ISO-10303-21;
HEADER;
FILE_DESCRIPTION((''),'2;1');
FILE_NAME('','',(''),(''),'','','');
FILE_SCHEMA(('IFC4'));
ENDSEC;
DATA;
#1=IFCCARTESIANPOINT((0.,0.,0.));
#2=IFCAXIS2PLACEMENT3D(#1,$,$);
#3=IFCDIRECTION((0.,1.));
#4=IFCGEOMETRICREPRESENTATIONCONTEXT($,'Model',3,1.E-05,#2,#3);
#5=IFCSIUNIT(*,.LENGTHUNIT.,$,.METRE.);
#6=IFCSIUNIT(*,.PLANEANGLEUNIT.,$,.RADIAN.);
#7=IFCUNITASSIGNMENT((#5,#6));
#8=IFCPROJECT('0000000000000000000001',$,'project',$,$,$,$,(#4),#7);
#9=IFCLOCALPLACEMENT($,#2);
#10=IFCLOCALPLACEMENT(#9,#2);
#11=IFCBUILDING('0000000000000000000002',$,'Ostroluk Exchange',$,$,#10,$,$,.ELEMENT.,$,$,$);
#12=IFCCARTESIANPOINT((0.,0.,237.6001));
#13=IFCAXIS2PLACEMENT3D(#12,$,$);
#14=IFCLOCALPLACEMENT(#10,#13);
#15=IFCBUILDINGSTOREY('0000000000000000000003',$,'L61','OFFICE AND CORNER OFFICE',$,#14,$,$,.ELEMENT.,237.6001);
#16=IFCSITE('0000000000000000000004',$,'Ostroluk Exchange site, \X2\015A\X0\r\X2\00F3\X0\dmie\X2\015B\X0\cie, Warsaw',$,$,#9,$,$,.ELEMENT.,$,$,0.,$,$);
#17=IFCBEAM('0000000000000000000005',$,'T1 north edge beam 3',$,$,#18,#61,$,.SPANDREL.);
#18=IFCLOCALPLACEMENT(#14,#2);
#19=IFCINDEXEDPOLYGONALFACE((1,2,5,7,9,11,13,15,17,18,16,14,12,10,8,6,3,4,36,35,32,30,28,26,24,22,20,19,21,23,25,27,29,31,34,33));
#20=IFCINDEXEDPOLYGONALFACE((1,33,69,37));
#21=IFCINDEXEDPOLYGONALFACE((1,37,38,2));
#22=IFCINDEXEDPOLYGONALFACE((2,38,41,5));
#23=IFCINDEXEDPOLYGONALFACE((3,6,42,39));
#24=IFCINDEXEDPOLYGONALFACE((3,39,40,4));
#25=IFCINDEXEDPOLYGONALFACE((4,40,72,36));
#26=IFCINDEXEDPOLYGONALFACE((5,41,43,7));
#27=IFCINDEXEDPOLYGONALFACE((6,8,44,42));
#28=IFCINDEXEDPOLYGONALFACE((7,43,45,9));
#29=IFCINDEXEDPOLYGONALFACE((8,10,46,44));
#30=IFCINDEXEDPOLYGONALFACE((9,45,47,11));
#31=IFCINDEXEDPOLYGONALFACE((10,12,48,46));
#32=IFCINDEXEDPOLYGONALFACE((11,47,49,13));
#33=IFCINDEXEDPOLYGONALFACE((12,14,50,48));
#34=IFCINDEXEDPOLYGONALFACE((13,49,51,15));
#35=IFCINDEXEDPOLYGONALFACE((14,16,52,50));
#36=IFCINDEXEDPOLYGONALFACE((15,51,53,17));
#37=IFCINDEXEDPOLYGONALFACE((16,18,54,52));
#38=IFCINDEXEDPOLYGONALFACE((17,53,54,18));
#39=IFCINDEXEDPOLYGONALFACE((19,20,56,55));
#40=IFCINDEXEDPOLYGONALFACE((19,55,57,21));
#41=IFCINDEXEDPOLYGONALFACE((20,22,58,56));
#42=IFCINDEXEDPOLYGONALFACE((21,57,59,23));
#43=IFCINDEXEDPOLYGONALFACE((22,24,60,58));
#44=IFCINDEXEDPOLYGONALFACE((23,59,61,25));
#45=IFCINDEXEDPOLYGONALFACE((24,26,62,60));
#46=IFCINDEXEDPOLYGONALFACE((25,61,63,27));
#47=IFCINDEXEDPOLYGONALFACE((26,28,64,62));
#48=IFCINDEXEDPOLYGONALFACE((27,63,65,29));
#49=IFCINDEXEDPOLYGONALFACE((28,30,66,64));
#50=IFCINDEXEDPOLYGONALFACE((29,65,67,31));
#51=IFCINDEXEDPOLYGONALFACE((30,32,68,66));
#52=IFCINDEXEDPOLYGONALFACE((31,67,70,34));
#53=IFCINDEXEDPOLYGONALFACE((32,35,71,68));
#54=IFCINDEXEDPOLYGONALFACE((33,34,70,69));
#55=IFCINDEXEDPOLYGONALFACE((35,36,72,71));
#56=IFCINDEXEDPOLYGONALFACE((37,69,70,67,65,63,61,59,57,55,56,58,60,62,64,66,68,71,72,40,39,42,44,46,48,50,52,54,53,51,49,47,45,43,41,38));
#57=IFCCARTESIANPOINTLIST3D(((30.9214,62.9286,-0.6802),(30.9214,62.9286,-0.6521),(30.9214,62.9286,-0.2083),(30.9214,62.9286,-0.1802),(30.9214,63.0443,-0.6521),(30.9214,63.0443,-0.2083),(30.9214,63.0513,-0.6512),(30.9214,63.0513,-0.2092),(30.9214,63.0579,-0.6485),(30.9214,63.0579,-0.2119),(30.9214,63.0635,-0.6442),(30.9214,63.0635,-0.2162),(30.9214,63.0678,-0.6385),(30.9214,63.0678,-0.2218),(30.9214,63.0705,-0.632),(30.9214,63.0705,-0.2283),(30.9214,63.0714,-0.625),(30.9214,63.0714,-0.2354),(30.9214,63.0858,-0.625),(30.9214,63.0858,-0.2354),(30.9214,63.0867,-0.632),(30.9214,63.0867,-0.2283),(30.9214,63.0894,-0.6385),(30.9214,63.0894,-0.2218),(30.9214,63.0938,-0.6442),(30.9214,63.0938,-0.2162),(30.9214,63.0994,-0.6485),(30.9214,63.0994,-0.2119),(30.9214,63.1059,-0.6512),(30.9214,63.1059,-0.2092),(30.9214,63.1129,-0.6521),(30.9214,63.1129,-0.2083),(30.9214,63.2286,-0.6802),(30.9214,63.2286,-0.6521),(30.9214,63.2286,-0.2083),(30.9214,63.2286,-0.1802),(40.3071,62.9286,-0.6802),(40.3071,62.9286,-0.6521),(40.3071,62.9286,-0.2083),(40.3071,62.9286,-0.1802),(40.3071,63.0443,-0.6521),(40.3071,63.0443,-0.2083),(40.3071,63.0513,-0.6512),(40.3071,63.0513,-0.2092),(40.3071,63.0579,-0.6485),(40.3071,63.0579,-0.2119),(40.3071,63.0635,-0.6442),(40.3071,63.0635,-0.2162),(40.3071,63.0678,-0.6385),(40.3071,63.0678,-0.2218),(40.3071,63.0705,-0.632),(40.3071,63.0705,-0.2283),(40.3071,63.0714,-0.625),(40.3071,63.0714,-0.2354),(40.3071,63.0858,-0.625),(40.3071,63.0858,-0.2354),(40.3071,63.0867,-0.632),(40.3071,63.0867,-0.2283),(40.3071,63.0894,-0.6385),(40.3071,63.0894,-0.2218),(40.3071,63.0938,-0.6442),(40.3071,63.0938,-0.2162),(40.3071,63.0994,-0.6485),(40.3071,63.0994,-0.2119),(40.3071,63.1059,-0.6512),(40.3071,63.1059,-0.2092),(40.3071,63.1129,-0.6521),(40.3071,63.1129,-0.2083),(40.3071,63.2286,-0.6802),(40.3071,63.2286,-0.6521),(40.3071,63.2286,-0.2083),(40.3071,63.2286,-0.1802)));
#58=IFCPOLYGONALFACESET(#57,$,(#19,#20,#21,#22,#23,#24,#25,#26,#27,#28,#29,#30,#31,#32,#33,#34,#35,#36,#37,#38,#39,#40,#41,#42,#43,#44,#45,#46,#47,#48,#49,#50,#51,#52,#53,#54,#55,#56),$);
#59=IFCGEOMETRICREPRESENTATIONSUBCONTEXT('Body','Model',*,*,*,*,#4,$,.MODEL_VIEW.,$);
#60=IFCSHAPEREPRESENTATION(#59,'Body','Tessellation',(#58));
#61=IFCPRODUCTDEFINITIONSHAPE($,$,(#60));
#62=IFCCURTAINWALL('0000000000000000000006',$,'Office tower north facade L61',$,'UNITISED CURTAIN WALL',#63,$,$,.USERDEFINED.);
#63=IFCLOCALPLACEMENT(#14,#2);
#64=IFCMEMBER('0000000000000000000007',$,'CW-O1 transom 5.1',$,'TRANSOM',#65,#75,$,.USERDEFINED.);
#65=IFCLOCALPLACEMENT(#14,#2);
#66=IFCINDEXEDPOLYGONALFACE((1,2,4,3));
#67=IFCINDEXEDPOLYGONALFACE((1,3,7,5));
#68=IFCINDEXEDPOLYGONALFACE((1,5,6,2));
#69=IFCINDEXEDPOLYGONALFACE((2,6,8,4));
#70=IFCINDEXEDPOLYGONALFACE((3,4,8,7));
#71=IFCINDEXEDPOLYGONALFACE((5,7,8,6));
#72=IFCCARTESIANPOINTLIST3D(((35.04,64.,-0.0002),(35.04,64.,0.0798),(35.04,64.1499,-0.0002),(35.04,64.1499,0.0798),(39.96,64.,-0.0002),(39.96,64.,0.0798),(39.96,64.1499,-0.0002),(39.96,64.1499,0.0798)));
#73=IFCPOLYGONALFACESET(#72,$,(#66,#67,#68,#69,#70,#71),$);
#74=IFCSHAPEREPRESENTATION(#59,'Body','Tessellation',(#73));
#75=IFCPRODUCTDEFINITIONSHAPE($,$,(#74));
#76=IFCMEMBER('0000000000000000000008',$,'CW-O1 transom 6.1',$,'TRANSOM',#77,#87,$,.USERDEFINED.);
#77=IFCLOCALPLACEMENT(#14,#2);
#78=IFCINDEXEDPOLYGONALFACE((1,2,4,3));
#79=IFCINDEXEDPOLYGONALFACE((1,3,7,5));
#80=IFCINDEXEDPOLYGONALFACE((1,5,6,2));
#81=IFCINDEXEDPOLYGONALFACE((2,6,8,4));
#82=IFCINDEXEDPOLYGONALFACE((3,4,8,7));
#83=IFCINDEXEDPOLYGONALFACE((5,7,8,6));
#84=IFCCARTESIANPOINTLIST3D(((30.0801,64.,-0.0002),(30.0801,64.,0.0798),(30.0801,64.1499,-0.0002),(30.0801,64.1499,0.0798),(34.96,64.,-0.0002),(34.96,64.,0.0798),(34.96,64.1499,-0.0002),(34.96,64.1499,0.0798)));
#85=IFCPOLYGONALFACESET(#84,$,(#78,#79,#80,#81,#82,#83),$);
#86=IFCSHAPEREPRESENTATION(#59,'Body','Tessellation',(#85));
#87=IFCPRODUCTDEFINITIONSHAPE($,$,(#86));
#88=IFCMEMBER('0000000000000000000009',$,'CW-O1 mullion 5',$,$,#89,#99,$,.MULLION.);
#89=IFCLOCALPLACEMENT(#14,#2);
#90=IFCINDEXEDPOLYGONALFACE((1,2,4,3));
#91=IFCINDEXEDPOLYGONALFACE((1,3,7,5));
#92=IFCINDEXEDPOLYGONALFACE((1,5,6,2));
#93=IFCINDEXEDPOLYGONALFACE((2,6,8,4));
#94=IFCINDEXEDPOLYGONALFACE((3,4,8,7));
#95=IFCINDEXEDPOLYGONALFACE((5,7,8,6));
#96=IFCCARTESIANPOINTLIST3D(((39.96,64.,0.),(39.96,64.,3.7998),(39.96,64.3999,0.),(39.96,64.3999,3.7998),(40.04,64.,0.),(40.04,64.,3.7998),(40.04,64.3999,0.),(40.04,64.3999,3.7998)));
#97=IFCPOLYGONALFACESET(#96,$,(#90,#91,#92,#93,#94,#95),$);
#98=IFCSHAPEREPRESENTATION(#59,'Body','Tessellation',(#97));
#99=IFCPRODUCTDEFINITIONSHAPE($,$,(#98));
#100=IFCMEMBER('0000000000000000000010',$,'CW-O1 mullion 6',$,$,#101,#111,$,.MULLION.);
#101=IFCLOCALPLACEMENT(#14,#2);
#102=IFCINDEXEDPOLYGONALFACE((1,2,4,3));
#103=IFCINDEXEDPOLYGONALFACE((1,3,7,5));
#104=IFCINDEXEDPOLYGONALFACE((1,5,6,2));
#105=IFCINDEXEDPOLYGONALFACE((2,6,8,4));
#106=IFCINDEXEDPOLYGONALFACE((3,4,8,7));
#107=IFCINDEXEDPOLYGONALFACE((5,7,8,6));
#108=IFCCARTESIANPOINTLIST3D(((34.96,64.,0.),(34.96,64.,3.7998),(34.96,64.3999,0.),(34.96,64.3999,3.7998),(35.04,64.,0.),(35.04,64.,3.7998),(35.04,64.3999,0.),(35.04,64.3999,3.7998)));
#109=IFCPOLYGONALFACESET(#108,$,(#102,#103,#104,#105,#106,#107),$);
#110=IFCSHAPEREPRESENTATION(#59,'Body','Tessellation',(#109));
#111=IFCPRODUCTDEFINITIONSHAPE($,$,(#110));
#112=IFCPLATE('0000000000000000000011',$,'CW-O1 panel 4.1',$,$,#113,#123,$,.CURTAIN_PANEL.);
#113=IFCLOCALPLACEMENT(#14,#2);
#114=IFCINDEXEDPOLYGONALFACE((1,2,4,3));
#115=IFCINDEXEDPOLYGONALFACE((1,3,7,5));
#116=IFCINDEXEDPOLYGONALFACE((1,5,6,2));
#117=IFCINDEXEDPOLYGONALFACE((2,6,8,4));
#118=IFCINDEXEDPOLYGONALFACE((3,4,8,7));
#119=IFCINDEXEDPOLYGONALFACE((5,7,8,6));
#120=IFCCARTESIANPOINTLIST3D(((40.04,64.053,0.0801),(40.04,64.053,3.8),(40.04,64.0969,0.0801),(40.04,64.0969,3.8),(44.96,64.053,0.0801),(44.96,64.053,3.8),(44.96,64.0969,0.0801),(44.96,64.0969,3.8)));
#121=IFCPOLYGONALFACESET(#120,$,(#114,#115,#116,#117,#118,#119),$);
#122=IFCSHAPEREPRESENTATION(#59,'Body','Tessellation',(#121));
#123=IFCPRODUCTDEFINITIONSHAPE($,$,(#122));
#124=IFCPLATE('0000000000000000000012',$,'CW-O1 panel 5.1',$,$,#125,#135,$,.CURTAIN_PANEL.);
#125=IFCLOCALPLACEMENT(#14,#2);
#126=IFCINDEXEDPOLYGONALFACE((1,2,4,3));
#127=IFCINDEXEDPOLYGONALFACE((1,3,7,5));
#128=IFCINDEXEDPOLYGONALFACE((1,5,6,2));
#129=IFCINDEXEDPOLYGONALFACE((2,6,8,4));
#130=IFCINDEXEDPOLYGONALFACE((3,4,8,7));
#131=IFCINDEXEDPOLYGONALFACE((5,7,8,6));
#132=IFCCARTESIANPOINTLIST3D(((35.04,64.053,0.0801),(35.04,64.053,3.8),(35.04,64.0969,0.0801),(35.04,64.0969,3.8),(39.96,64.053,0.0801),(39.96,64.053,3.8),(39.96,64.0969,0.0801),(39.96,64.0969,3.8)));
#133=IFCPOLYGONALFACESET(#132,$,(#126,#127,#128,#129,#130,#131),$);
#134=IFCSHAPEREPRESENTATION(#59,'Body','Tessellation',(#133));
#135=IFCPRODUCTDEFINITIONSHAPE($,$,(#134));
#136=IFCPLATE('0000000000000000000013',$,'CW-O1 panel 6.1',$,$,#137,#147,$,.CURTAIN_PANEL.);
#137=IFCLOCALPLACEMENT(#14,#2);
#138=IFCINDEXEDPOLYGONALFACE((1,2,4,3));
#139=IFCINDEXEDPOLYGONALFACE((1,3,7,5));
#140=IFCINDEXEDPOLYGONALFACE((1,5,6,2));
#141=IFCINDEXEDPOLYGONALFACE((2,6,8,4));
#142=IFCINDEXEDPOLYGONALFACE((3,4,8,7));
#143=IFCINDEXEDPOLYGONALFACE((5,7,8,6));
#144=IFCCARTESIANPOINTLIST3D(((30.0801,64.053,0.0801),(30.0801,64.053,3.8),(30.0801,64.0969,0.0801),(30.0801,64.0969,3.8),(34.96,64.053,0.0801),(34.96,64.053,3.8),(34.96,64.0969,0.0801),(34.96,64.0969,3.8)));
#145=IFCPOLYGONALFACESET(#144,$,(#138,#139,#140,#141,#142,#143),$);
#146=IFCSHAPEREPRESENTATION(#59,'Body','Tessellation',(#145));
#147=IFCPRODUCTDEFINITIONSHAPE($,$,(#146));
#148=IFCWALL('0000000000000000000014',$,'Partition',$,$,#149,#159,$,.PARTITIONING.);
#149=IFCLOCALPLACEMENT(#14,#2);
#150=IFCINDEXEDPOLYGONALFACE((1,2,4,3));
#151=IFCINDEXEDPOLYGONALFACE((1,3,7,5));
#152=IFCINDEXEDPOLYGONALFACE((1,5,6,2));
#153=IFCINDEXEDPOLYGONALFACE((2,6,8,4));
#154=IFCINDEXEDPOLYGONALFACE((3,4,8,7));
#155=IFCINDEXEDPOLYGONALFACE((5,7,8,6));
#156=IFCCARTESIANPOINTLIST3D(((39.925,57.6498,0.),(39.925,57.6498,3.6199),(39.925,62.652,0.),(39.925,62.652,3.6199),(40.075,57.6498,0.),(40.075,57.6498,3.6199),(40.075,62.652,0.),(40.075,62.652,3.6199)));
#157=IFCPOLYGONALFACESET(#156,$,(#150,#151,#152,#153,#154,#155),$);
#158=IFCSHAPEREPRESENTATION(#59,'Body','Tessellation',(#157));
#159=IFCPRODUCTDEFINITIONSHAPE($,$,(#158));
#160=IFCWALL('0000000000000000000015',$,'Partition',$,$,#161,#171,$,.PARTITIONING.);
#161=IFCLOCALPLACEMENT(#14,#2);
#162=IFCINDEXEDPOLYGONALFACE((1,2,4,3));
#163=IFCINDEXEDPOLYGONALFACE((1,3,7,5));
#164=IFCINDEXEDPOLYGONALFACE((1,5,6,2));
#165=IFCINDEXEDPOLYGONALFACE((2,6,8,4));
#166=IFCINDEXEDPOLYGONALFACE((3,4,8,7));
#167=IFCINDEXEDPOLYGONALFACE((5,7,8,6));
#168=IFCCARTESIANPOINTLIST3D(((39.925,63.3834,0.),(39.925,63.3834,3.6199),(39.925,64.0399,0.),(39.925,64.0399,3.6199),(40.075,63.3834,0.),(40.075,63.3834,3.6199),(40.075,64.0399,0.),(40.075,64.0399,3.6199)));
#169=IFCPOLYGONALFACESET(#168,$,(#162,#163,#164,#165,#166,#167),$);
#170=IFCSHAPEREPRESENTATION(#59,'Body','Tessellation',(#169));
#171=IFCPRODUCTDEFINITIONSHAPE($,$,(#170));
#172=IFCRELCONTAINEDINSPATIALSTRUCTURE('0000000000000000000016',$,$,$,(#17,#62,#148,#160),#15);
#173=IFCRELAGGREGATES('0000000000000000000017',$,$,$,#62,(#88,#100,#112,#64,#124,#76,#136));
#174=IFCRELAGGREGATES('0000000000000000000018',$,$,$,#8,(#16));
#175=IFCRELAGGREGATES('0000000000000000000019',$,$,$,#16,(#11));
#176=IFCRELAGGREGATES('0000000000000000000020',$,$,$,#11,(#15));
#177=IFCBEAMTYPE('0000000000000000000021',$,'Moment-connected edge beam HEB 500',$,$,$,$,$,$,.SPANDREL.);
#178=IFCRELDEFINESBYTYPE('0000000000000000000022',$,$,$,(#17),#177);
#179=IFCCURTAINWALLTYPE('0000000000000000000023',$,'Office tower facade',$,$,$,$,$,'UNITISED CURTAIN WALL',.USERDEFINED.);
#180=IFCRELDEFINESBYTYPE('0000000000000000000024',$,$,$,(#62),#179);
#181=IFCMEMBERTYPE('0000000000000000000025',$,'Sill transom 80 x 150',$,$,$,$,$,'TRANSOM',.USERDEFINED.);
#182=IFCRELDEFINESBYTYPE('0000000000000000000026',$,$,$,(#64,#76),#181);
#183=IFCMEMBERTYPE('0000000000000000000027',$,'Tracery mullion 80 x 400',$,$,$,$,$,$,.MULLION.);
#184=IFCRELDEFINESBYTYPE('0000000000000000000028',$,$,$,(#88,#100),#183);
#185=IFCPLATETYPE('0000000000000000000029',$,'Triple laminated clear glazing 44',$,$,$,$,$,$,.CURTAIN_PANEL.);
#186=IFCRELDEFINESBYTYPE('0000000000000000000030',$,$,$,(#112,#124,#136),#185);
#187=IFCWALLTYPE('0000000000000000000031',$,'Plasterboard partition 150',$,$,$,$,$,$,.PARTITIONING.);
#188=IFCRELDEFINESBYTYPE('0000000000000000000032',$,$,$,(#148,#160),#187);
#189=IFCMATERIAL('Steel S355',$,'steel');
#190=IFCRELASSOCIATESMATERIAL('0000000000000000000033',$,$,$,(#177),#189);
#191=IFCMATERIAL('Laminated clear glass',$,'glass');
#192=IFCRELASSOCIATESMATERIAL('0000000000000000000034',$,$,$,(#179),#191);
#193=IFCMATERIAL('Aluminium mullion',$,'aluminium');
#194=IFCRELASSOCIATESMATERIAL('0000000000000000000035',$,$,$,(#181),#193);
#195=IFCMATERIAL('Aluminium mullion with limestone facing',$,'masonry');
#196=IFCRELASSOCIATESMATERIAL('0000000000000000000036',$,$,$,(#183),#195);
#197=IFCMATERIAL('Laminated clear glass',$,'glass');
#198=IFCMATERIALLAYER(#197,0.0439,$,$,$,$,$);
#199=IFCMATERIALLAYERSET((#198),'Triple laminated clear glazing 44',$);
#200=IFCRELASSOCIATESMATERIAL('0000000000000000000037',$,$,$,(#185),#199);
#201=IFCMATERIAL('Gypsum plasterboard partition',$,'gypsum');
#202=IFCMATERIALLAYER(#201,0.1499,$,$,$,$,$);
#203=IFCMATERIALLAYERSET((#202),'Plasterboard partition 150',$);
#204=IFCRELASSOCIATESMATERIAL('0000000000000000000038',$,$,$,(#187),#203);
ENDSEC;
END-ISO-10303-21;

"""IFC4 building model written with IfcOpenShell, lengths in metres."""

from ifc_helpers import new_model, si_unit, direction, frame, frame_2d, origin, origin_2d, place, context, subcontext, project, spatial, rectangle, i_section, extrude, material, layer, layer_set, material_profile, profile_set, type_object, element, aggregate, save


model = new_model("IFC4")

# Units and contexts
model_context = context("Model", 3, precision=1e-05, world=origin(), true_north=direction((0.0, 1.0)))
body_context = subcontext(model_context, "Body", "Model", "MODEL_VIEW")
ifc_project = project(units=[si_unit("LENGTHUNIT", "METRE"), si_unit("PLANEANGLEUNIT", "RADIAN")], contexts=[model_context])

# Site, building, storey
site_placement = place(None, origin())
site = spatial("IfcSite", under=ifc_project, at=site_placement, Name="Ostroluk Exchange site, Śródmieście, Warsaw", CompositionType="ELEMENT", RefElevation=0.0)
building_placement = place(site_placement, origin())
building = spatial("IfcBuilding", under=site, at=building_placement, Name="Ostroluk Exchange", CompositionType="ELEMENT")
storey_placement = place(building_placement, frame((0.0, 0.0, 237.6001)))
storey = spatial("IfcBuildingStorey", under=building, at=storey_placement, Name="L61", Description="OFFICE AND CORNER OFFICE", CompositionType="ELEMENT", Elevation=237.6001)

# Beam
ifc_material_1 = material(Name="Steel S355", Category="steel")
ifc_material_profile_1 = material_profile(ifc_material_1, i_section(OverallWidth=0.3, OverallDepth=0.5, WebThickness=0.0144, FlangeThickness=0.0281, FilletRadius=0.0271, at=origin_2d()), Name="HEB 500")
ifc_profile_set_1 = profile_set([ifc_material_profile_1], Name="Steel S355")
beam_type_1 = type_object("IfcBeamType", Name="Moment-connected edge beam HEB 500", PredefinedType="SPANDREL", material=ifc_profile_set_1)
beam_1_placement = place(storey_placement, frame((40.3071, 63.0786, -0.4302), z_axis=(-1.0, 0.0, 0.0), x_axis=(0.0, -1.0, 0.0)))
element("IfcBeam", 1, at=beam_1_placement, inside=storey, type_object=beam_type_1, Name="T1 north edge beam 3", PredefinedType="SPANDREL", context=body_context, shape_type="SweptSolid", body=[
    extrude(i_section(OverallWidth=0.3, OverallDepth=0.5, WebThickness=0.0144, FlangeThickness=0.0281, FilletRadius=0.0271, at=origin_2d()), origin(), (0.0, 0.0, 1.0), 9.3857),
])

# Curtain wall, members, plates
ifc_material_2 = material(Name="Laminated clear glass", Category="glass")
curtain_wall_type = type_object("IfcCurtainWallType", Name="Office tower facade", ElementType="UNITISED CURTAIN WALL", PredefinedType="USERDEFINED", material=ifc_material_2)
curtain_wall_placement = place(storey_placement, origin())
curtain_wall = element("IfcCurtainWall", 2, at=curtain_wall_placement, inside=storey, type_object=curtain_wall_type, Name="Office tower north facade L61", ObjectType="UNITISED CURTAIN WALL", PredefinedType="USERDEFINED")
ifc_material_3 = material(Name="Aluminium mullion", Category="aluminium")
ifc_material_profile_2 = material_profile(ifc_material_3, rectangle(XDim=0.1499, YDim=0.0801, at=origin_2d()), Name="Sill transom 80 x 150")
ifc_profile_set_2 = profile_set([ifc_material_profile_2], Name="Aluminium mullion")
member_type_1 = type_object("IfcMemberType", Name="Sill transom 80 x 150", ElementType="TRANSOM", PredefinedType="USERDEFINED", material=ifc_profile_set_2)
member_1_placement = place(storey_placement, frame((39.96, 64.075, 0.0398), z_axis=(-1.0, 0.0, 0.0), x_axis=(0.0, -1.0, 0.0)))
member_1 = element("IfcMember", 3, at=member_1_placement, type_object=member_type_1, Name="CW-O1 transom 5.1", ObjectType="TRANSOM", PredefinedType="USERDEFINED", context=body_context, shape_type="SweptSolid", body=[
    extrude(rectangle(XDim=0.1499, YDim=0.0801, at=origin_2d()), origin(), (0.0, 0.0, 1.0), 4.9199),
])
member_2_placement = place(storey_placement, frame((34.96, 64.075, 0.0398), z_axis=(-1.0, 0.0, 0.0), x_axis=(0.0, -1.0, 0.0)))
member_2 = element("IfcMember", 4, at=member_2_placement, type_object=member_type_1, Name="CW-O1 transom 6.1", ObjectType="TRANSOM", PredefinedType="USERDEFINED", context=body_context, shape_type="SweptSolid", body=[
    extrude(rectangle(XDim=0.1499, YDim=0.0801, at=origin_2d()), origin(), (0.0, 0.0, 1.0), 4.8799),
])
ifc_material_4 = material(Name="Aluminium mullion with limestone facing", Category="masonry")
ifc_material_profile_3 = material_profile(ifc_material_4, rectangle(XDim=0.3999, YDim=0.0801, at=origin_2d()), Name="Tracery mullion 80 x 400")
ifc_profile_set_3 = profile_set([ifc_material_profile_3], Name="Aluminium mullion with limestone facing")
member_type_2 = type_object("IfcMemberType", Name="Tracery mullion 80 x 400", PredefinedType="MULLION", material=ifc_profile_set_3)
member_3_placement = place(storey_placement, frame((40.0, 64.2, 0.0), z_axis=(0.0, 0.0, 1.0), x_axis=(0.0, -1.0, 0.0)))
member_3 = element("IfcMember", 5, at=member_3_placement, type_object=member_type_2, Name="CW-O1 mullion 5", PredefinedType="MULLION", context=body_context, shape_type="SweptSolid", body=[
    extrude(rectangle(XDim=0.3999, YDim=0.0801, at=origin_2d()), origin(), (0.0, 0.0, 1.0), 3.7998),
])
member_4_placement = place(storey_placement, frame((35.0, 64.2, 0.0), z_axis=(0.0, 0.0, 1.0), x_axis=(0.0, -1.0, 0.0)))
member_4 = element("IfcMember", 6, at=member_4_placement, type_object=member_type_2, Name="CW-O1 mullion 6", PredefinedType="MULLION", context=body_context, shape_type="SweptSolid", body=[
    extrude(rectangle(XDim=0.3999, YDim=0.0801, at=origin_2d()), origin(), (0.0, 0.0, 1.0), 3.7998),
])
ifc_material_5 = material(Name="Laminated clear glass", Category="glass")
ifc_layer_1 = layer(ifc_material_5, 0.0439)
ifc_layer_set_1 = layer_set([ifc_layer_1], Name="Triple laminated clear glazing 44")
plate_type = type_object("IfcPlateType", Name="Triple laminated clear glazing 44", PredefinedType="CURTAIN_PANEL", material=ifc_layer_set_1)
plate_1_placement = place(storey_placement, frame((42.5, 64.075, 0.0801), z_axis=(0.0, 0.0, 1.0), x_axis=(-1.0, 0.0, 0.0)))
plate_1 = element("IfcPlate", 7, at=plate_1_placement, type_object=plate_type, Name="CW-O1 panel 4.1", PredefinedType="CURTAIN_PANEL", context=body_context, shape_type="SweptSolid", body=[
    extrude(rectangle(XDim=4.9199, YDim=0.0439, at=origin_2d()), origin(), (0.0, 0.0, 1.0), 3.72),
])
plate_2_placement = place(storey_placement, frame((37.5, 64.075, 0.0801), z_axis=(0.0, 0.0, 1.0), x_axis=(-1.0, 0.0, 0.0)))
plate_2 = element("IfcPlate", 8, at=plate_2_placement, type_object=plate_type, Name="CW-O1 panel 5.1", PredefinedType="CURTAIN_PANEL", context=body_context, shape_type="SweptSolid", body=[
    extrude(rectangle(XDim=4.9199, YDim=0.0439, at=origin_2d()), origin(), (0.0, 0.0, 1.0), 3.72),
])
plate_3_placement = place(storey_placement, frame((32.52, 64.075, 0.0801), z_axis=(0.0, 0.0, 1.0), x_axis=(-1.0, 0.0, 0.0)))
plate_3 = element("IfcPlate", 9, at=plate_3_placement, type_object=plate_type, Name="CW-O1 panel 6.1", PredefinedType="CURTAIN_PANEL", context=body_context, shape_type="SweptSolid", body=[
    extrude(rectangle(XDim=4.8799, YDim=0.0439, at=origin_2d()), origin(), (0.0, 0.0, 1.0), 3.72),
])
aggregate(curtain_wall, [member_3, member_4, plate_1, member_1, plate_2, member_2, plate_3])

# Walls
ifc_material_6 = material(Name="Gypsum plasterboard partition", Category="gypsum")
ifc_layer_2 = layer(ifc_material_6, 0.1499)
ifc_layer_set_2 = layer_set([ifc_layer_2], Name="Plasterboard partition 150")
wall_type = type_object("IfcWallType", Name="Plasterboard partition 150", PredefinedType="PARTITIONING", material=ifc_layer_set_2)
wall_1_placement = place(storey_placement, frame((40.0, 57.6499, 0.0), z_axis=(0.0, 0.0, 1.0), x_axis=(0.0, 1.0, 0.0)))
element("IfcWall", 10, at=wall_1_placement, inside=storey, type_object=wall_type, Name="Partition", PredefinedType="PARTITIONING", context=body_context, shape_type="SweptSolid", body=[
    extrude(rectangle(XDim=5.0022, YDim=0.1499, at=frame_2d((2.501, 0.0))), origin(), (0.0, 0.0, 1.0), 3.6199),
])
wall_2_placement = place(storey_placement, frame((40.0, 63.3835, 0.0), z_axis=(0.0, 0.0, 1.0), x_axis=(0.0, 1.0, 0.0)))
element("IfcWall", 11, at=wall_2_placement, inside=storey, type_object=wall_type, Name="Partition", PredefinedType="PARTITIONING", context=body_context, shape_type="SweptSolid", body=[
    extrude(rectangle(XDim=0.6565, YDim=0.1499, at=frame_2d((0.3281, 0.0))), origin(), (0.0, 0.0, 1.0), 3.6199),
])

save(model, "model.ifc")
